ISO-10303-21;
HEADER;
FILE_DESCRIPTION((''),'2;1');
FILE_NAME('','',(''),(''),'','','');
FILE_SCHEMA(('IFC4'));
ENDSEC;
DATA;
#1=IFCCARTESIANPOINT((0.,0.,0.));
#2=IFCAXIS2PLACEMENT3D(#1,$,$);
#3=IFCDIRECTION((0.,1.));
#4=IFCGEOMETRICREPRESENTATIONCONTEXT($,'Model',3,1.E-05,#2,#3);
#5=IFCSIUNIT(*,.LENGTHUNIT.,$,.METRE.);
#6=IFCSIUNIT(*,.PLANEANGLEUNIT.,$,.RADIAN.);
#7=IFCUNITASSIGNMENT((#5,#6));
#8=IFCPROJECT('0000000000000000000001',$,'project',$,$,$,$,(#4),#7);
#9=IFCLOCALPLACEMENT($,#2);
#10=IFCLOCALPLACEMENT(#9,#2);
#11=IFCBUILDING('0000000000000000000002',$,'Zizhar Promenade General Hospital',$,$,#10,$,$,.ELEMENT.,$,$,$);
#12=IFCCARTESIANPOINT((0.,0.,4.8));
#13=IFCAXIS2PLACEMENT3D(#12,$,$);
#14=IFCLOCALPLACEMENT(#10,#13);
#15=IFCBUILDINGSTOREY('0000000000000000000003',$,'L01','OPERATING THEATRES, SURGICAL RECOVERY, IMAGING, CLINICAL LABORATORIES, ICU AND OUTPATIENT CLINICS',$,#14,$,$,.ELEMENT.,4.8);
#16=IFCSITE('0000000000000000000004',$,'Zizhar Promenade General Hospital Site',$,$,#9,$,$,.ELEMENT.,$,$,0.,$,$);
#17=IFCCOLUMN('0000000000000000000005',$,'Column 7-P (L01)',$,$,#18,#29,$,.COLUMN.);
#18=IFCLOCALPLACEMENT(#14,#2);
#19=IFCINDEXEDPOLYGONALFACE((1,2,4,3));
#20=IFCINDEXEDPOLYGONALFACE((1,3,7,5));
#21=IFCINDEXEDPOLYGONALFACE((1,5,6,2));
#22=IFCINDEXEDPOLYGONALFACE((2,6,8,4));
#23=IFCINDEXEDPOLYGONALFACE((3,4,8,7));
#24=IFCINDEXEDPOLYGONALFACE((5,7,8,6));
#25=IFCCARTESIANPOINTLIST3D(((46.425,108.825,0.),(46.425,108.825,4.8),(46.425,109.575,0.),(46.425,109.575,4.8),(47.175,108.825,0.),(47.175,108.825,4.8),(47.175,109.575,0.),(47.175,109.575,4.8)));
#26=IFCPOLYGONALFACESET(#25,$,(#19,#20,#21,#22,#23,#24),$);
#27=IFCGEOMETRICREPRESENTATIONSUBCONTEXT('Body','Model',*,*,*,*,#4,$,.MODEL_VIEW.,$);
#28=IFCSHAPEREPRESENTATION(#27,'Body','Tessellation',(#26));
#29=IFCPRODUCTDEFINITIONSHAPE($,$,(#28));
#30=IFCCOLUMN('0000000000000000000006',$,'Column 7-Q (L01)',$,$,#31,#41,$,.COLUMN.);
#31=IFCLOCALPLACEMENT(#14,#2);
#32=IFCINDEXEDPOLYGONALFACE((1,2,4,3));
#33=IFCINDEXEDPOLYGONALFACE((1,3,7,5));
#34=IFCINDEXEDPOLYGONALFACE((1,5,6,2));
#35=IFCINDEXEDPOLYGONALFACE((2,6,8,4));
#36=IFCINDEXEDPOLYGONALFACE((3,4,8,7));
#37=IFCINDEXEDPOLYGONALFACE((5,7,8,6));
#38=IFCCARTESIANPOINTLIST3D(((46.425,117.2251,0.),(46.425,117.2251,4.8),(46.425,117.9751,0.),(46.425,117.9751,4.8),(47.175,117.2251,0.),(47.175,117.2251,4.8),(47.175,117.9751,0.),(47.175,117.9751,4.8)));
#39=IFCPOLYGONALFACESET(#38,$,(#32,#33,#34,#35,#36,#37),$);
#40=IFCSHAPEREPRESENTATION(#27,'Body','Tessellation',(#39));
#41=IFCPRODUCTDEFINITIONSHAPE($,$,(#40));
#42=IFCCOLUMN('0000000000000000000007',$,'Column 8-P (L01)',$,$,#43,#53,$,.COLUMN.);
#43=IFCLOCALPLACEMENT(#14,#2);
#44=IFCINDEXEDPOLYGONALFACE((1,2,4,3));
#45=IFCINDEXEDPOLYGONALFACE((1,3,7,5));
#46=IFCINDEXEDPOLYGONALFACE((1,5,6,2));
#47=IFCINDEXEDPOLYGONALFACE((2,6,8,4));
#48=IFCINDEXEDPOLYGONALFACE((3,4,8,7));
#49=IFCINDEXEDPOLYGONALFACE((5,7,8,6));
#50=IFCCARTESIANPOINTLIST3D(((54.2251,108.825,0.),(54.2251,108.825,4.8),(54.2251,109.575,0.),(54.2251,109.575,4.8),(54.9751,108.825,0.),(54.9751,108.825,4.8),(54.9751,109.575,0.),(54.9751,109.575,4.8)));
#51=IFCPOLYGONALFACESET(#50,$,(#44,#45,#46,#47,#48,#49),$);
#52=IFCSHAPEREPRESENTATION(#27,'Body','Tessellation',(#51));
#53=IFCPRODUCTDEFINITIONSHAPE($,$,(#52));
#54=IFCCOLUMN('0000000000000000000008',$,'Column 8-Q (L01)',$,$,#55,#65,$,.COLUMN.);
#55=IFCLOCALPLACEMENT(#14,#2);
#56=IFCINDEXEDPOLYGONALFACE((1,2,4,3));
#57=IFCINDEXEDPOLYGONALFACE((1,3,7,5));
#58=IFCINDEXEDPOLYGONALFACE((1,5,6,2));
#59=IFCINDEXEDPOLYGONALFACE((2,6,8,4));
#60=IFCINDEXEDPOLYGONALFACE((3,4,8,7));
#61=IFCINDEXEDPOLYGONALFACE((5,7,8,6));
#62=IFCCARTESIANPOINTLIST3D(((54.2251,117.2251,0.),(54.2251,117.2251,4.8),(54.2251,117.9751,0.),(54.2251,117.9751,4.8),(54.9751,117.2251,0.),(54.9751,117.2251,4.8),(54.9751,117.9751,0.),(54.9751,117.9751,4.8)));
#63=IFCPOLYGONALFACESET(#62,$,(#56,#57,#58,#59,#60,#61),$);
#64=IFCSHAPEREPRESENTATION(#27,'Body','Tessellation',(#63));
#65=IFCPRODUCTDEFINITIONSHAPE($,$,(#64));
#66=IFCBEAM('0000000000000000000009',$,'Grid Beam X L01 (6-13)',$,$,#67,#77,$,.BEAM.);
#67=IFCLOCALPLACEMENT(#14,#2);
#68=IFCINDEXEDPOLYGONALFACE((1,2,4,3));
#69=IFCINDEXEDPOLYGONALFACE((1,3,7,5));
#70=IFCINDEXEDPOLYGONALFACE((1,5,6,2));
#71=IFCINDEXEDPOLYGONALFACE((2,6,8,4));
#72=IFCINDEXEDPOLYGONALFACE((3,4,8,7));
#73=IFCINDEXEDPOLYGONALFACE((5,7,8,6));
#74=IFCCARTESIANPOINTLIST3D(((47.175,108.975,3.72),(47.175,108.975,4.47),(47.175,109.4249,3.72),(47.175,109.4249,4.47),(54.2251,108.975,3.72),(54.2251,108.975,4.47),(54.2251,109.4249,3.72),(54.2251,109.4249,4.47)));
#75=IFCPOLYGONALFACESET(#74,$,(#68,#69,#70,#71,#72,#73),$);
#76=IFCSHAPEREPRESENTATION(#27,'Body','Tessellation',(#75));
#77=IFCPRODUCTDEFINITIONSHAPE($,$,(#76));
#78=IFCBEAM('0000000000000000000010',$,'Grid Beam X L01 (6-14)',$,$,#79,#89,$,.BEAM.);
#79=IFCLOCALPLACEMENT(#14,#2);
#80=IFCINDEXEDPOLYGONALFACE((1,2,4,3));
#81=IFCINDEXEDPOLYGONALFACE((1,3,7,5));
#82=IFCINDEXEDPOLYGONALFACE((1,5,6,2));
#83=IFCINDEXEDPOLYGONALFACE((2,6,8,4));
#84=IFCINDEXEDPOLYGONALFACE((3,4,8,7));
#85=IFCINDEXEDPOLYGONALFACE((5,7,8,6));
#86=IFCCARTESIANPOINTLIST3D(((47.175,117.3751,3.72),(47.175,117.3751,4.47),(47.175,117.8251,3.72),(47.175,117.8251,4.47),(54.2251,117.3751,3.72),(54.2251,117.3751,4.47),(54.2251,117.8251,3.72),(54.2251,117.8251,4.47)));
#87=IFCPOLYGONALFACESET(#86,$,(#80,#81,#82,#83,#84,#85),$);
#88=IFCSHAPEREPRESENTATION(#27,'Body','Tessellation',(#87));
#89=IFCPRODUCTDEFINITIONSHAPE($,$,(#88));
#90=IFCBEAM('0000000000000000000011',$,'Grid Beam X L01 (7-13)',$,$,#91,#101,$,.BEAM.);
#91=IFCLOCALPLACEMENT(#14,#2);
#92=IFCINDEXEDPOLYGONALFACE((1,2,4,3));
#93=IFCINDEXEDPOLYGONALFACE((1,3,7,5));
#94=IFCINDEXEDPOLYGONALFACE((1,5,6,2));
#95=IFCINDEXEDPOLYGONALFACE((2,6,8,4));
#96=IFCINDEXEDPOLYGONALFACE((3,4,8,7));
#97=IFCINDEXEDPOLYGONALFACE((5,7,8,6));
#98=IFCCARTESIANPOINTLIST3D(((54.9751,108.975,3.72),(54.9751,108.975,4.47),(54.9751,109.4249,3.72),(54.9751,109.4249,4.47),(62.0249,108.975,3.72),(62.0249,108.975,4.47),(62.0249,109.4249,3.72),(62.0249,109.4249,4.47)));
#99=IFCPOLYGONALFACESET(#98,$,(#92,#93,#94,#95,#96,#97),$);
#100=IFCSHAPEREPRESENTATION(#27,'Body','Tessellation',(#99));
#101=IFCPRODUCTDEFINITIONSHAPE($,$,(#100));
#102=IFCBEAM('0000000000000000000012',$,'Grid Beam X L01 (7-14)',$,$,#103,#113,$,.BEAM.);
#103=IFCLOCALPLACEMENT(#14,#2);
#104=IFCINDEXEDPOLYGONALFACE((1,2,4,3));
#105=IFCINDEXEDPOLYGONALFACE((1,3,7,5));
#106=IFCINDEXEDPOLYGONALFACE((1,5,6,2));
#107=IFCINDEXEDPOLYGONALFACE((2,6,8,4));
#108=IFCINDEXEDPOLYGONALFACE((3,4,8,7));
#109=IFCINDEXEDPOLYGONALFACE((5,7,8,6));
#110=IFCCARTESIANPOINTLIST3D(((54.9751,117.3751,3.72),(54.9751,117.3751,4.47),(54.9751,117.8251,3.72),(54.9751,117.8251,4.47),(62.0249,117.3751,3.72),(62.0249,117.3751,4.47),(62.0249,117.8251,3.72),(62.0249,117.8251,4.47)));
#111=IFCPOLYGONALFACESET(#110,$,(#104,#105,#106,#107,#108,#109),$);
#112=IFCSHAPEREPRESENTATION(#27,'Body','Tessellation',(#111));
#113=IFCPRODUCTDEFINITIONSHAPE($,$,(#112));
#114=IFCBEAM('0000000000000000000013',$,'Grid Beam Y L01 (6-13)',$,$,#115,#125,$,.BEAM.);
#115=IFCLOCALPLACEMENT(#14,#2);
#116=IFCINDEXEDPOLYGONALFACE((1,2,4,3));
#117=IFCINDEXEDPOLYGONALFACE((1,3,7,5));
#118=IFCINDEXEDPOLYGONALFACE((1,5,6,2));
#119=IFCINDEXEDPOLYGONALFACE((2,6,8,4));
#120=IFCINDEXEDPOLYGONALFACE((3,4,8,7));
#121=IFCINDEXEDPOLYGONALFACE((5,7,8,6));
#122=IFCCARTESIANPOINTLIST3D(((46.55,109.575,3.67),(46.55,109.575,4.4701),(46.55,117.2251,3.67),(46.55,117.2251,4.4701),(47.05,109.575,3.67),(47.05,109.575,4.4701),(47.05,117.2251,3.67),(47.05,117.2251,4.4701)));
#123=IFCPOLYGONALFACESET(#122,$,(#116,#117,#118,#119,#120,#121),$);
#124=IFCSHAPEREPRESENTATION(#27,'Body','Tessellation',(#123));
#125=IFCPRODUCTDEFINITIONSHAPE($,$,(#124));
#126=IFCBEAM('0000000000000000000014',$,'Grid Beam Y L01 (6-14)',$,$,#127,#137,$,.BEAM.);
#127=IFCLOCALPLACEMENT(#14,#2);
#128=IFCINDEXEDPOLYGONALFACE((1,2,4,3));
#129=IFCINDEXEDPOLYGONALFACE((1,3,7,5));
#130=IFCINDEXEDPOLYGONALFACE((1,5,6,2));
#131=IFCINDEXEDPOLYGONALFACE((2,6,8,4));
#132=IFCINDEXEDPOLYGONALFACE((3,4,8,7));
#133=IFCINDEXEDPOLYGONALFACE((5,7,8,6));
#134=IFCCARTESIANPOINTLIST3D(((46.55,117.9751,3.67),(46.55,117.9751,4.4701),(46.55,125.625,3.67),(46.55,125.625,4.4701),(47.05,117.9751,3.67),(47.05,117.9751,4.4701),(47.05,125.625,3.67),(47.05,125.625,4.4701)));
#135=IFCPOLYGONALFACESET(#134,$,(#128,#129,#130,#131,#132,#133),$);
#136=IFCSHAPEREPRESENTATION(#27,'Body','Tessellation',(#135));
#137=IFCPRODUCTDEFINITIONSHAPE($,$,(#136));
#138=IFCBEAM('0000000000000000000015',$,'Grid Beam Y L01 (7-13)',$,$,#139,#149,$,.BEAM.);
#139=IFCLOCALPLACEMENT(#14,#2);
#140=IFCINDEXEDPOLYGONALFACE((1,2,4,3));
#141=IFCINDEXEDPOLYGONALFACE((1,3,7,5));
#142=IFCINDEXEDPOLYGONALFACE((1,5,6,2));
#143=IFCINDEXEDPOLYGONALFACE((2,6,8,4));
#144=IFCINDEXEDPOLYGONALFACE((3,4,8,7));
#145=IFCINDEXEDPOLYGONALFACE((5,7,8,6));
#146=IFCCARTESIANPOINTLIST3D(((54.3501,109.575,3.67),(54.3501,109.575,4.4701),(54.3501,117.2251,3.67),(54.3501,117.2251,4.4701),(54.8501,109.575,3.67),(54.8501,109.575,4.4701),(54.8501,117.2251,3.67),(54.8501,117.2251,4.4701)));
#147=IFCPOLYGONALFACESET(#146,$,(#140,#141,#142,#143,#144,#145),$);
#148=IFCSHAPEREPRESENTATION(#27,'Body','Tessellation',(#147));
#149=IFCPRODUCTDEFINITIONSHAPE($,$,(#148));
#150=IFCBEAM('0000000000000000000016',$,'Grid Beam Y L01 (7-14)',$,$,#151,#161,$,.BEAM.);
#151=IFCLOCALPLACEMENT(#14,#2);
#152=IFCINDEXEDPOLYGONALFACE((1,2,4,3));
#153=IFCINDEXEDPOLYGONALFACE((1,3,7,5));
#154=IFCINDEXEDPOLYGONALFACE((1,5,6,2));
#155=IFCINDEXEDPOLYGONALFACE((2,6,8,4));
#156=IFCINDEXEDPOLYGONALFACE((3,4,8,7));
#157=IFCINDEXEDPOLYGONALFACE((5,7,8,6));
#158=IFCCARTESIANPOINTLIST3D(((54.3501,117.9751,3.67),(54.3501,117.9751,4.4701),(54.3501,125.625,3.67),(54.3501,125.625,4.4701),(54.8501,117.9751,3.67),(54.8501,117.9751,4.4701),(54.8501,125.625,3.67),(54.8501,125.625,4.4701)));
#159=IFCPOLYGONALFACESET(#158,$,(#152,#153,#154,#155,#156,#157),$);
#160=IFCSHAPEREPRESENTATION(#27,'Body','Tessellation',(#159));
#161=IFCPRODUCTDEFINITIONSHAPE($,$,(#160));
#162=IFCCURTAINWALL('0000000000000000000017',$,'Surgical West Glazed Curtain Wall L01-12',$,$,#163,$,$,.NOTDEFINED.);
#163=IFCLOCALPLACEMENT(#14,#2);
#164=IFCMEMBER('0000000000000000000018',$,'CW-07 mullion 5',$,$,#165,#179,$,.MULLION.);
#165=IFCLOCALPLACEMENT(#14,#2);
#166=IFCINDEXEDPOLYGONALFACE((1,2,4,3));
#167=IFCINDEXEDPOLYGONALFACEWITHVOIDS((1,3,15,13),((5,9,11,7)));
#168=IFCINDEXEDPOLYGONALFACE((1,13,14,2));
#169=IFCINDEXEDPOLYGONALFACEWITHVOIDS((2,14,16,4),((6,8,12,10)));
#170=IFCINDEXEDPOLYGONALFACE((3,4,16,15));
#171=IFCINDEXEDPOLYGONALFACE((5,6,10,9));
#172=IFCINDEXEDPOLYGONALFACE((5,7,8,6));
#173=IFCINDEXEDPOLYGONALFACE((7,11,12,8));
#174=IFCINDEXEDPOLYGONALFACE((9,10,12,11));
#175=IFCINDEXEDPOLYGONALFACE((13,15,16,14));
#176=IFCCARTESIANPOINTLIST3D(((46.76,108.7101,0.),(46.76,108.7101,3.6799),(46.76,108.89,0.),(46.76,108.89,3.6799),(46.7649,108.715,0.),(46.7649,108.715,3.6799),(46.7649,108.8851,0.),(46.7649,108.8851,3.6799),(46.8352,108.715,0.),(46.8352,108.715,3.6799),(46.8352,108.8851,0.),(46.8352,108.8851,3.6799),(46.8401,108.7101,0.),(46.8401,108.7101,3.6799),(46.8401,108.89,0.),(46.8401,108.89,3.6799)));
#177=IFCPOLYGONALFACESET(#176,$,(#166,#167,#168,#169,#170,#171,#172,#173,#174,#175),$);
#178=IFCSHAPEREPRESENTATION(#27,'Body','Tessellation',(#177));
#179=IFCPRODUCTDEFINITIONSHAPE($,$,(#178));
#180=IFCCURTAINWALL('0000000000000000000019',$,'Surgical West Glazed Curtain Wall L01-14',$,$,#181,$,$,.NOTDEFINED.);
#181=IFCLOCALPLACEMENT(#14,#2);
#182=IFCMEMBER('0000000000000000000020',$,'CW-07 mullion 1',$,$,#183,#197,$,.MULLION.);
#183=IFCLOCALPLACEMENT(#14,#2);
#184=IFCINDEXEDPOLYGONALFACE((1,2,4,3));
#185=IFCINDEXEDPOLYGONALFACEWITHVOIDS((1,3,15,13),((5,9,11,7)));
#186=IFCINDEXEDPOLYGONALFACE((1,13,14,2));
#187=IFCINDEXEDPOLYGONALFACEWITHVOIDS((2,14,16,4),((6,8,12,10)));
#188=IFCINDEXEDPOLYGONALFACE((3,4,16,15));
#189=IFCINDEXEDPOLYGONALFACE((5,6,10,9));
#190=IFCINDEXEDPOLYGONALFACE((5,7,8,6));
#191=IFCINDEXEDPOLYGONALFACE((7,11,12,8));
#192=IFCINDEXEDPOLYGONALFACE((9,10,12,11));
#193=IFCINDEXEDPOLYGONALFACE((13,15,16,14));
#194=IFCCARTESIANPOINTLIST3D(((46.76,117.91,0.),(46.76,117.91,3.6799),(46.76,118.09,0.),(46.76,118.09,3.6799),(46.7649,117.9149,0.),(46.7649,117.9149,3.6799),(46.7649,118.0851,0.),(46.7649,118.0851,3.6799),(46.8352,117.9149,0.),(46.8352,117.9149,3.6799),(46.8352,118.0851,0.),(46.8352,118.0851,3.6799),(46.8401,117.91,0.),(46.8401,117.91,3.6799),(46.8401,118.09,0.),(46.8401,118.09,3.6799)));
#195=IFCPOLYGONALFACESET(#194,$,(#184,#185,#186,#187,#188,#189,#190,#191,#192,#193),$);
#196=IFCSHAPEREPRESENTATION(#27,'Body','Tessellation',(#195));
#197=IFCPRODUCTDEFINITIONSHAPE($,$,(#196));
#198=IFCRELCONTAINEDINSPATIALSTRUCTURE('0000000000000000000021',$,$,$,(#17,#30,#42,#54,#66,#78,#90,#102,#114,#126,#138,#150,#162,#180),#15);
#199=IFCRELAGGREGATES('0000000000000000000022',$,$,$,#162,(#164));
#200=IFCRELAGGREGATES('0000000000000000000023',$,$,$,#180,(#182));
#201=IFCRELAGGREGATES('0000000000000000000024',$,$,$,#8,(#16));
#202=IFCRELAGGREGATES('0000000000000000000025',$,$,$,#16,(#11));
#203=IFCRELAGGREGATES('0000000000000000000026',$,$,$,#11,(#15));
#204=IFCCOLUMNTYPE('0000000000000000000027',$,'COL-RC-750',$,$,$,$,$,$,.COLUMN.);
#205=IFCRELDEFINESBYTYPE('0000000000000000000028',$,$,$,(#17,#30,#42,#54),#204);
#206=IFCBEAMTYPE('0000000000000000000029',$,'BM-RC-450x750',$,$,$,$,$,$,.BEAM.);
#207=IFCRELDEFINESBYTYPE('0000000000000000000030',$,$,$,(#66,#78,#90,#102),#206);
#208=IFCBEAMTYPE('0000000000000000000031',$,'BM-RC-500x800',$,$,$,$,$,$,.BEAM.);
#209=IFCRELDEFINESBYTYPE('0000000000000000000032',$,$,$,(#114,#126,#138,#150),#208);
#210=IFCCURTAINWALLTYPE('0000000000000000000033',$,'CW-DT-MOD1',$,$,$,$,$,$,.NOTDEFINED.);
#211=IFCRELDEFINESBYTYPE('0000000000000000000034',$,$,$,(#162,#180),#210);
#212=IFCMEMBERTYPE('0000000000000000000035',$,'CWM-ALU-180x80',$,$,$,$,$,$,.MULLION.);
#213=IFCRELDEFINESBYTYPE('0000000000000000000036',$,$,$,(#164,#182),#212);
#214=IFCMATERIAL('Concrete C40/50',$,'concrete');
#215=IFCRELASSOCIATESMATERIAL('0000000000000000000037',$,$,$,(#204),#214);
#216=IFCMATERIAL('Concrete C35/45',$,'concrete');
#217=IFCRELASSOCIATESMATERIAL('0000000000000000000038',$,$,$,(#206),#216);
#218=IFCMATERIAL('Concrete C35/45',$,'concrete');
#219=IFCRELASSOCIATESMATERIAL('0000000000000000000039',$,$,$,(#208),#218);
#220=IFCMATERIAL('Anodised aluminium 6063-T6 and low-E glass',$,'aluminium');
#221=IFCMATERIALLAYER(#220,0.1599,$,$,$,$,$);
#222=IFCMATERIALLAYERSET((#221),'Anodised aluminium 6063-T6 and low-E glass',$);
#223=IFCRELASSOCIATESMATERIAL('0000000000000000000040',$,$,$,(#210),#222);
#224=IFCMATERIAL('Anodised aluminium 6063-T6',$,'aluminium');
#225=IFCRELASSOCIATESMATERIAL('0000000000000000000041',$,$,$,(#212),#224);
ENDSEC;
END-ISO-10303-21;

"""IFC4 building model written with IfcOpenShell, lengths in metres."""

from ifc_helpers import new_model, si_unit, direction, frame, origin, origin_2d, place, context, subcontext, project, spatial, rectangle, hollow_rectangle, extrude, material, layer, layer_set, material_profile, profile_set, type_object, element, aggregate, save


model = new_model("IFC4")

# Units and contexts
model_context = context("Model", 3, precision=1e-05, world=origin(), true_north=direction((0.0, 1.0)))
body_context = subcontext(model_context, "Body", "Model", "MODEL_VIEW")
ifc_project = project(units=[si_unit("LENGTHUNIT", "METRE"), si_unit("PLANEANGLEUNIT", "RADIAN")], contexts=[model_context])

# Site, building, storey
site_placement = place(None, origin())
site = spatial("IfcSite", under=ifc_project, at=site_placement, Name="Zizhar Promenade General Hospital Site", CompositionType="ELEMENT", RefElevation=0.0)
building_placement = place(site_placement, origin())
building = spatial("IfcBuilding", under=site, at=building_placement, Name="Zizhar Promenade General Hospital", CompositionType="ELEMENT")
storey_placement = place(building_placement, frame((0.0, 0.0, 4.8)))
storey = spatial("IfcBuildingStorey", under=building, at=storey_placement, Name="L01", Description="OPERATING THEATRES, SURGICAL RECOVERY, IMAGING, CLINICAL LABORATORIES, ICU AND OUTPATIENT CLINICS", CompositionType="ELEMENT", Elevation=4.8)

# Columns
ifc_material_1 = material(Name="Concrete C40/50", Category="concrete")
ifc_material_profile_1 = material_profile(ifc_material_1, rectangle(XDim=0.75, YDim=0.75, at=origin_2d()))
ifc_profile_set_1 = profile_set([ifc_material_profile_1], Name="Concrete C40/50")
column_type = type_object("IfcColumnType", Name="COL-RC-750", PredefinedType="COLUMN", material=ifc_profile_set_1)
for number, where, z_axis, x_axis, name in (
    (1, (46.8, 109.2, 0.0), (0.0, 0.0, 1.0), (1.0, 0.0, 0.0), "Column 7-P (L01)"),
    (2, (46.8, 117.6001, 0.0), (0.0, 0.0, 1.0), (1.0, 0.0, 0.0), "Column 7-Q (L01)"),
    (3, (54.6001, 109.2, 0.0), (0.0, 0.0, 1.0), (1.0, 0.0, 0.0), "Column 8-P (L01)"),
    (4, (54.6001, 117.6001, 0.0), (0.0, 0.0, 1.0), (1.0, 0.0, 0.0), "Column 8-Q (L01)"),
):
    element("IfcColumn", number, at=place(storey_placement, frame(where, z_axis=z_axis, x_axis=x_axis)), inside=storey, type_object=column_type, Name=name, PredefinedType="COLUMN", context=body_context, shape_type="SweptSolid", body=[
        extrude(rectangle(XDim=0.75, YDim=0.75, at=origin_2d()), origin(), (0.0, 0.0, 1.0), 4.8),
    ])

# Beams
ifc_material_2 = material(Name="Concrete C35/45", Category="concrete")
ifc_material_profile_2 = material_profile(ifc_material_2, rectangle(XDim=0.45, YDim=0.75, at=origin_2d()))
ifc_profile_set_2 = profile_set([ifc_material_profile_2], Name="Concrete C35/45")
beam_type_1 = type_object("IfcBeamType", Name="BM-RC-450x750", PredefinedType="BEAM", material=ifc_profile_set_2)
for number, where, z_axis, x_axis, name in (
    (5, (47.175, 109.2, 4.095), (1.0, 0.0, 0.0), (0.0, 1.0, 0.0), "Grid Beam X L01 (6-13)"),
    (6, (47.175, 117.6001, 4.095), (1.0, 0.0, 0.0), (0.0, 1.0, 0.0), "Grid Beam X L01 (6-14)"),
):
    element("IfcBeam", number, at=place(storey_placement, frame(where, z_axis=z_axis, x_axis=x_axis)), inside=storey, type_object=beam_type_1, Name=name, PredefinedType="BEAM", context=body_context, shape_type="SweptSolid", body=[
        extrude(rectangle(XDim=0.45, YDim=0.75, at=origin_2d()), origin(), (0.0, 0.0, 1.0), 7.05),
    ])
for number, where, z_axis, x_axis, name in (
    (7, (54.9751, 109.2, 4.095), (1.0, 0.0, 0.0), (0.0, 1.0, 0.0), "Grid Beam X L01 (7-13)"),
    (8, (54.9751, 117.6001, 4.095), (1.0, 0.0, 0.0), (0.0, 1.0, 0.0), "Grid Beam X L01 (7-14)"),
):
    element("IfcBeam", number, at=place(storey_placement, frame(where, z_axis=z_axis, x_axis=x_axis)), inside=storey, type_object=beam_type_1, Name=name, PredefinedType="BEAM", context=body_context, shape_type="SweptSolid", body=[
        extrude(rectangle(XDim=0.45, YDim=0.75, at=origin_2d()), origin(), (0.0, 0.0, 1.0), 7.0498),
    ])
ifc_material_3 = material(Name="Concrete C35/45", Category="concrete")
ifc_material_profile_3 = material_profile(ifc_material_3, rectangle(XDim=0.5, YDim=0.8, at=origin_2d()))
ifc_profile_set_3 = profile_set([ifc_material_profile_3], Name="Concrete C35/45")
beam_type_2 = type_object("IfcBeamType", Name="BM-RC-500x800", PredefinedType="BEAM", material=ifc_profile_set_3)
beam_1_placement = place(storey_placement, frame((46.8, 109.575, 4.0701), z_axis=(0.0, 1.0, 0.0), x_axis=(-1.0, 0.0, 0.0)))
element("IfcBeam", 9, at=beam_1_placement, inside=storey, type_object=beam_type_2, Name="Grid Beam Y L01 (6-13)", PredefinedType="BEAM", context=body_context, shape_type="SweptSolid", body=[
    extrude(rectangle(XDim=0.5, YDim=0.8, at=origin_2d()), origin(), (0.0, 0.0, 1.0), 7.6501),
])
beam_2_placement = place(storey_placement, frame((46.8, 117.9751, 4.0701), z_axis=(0.0, 1.0, 0.0), x_axis=(-1.0, 0.0, 0.0)))
element("IfcBeam", 10, at=beam_2_placement, inside=storey, type_object=beam_type_2, Name="Grid Beam Y L01 (6-14)", PredefinedType="BEAM", context=body_context, shape_type="SweptSolid", body=[
    extrude(rectangle(XDim=0.5, YDim=0.8, at=origin_2d()), origin(), (0.0, 0.0, 1.0), 7.6499),
])
beam_3_placement = place(storey_placement, frame((54.6001, 109.575, 4.0701), z_axis=(0.0, 1.0, 0.0), x_axis=(-1.0, 0.0, 0.0)))
element("IfcBeam", 11, at=beam_3_placement, inside=storey, type_object=beam_type_2, Name="Grid Beam Y L01 (7-13)", PredefinedType="BEAM", context=body_context, shape_type="SweptSolid", body=[
    extrude(rectangle(XDim=0.5, YDim=0.8, at=origin_2d()), origin(), (0.0, 0.0, 1.0), 7.6501),
])
beam_4_placement = place(storey_placement, frame((54.6001, 117.9751, 4.0701), z_axis=(0.0, 1.0, 0.0), x_axis=(-1.0, 0.0, 0.0)))
element("IfcBeam", 12, at=beam_4_placement, inside=storey, type_object=beam_type_2, Name="Grid Beam Y L01 (7-14)", PredefinedType="BEAM", context=body_context, shape_type="SweptSolid", body=[
    extrude(rectangle(XDim=0.5, YDim=0.8, at=origin_2d()), origin(), (0.0, 0.0, 1.0), 7.6499),
])

# Curtain wall, member
ifc_material_4 = material(Name="Anodised aluminium 6063-T6 and low-E glass", Category="aluminium")
ifc_layer_1 = layer(ifc_material_4, 0.1599)
ifc_layer_set_1 = layer_set([ifc_layer_1], Name="Anodised aluminium 6063-T6 and low-E glass")
curtain_wall_type = type_object("IfcCurtainWallType", Name="CW-DT-MOD1", PredefinedType="NOTDEFINED", material=ifc_layer_set_1)
curtain_wall_1_placement = place(storey_placement, origin())
curtain_wall_1 = element("IfcCurtainWall", 13, at=curtain_wall_1_placement, inside=storey, type_object=curtain_wall_type, Name="Surgical West Glazed Curtain Wall L01-12", PredefinedType="NOTDEFINED")
ifc_material_5 = material(Name="Anodised aluminium 6063-T6", Category="aluminium")
ifc_material_profile_4 = material_profile(ifc_material_5, hollow_rectangle(XDim=0.0801, YDim=0.1799, WallThickness=0.0049, at=origin_2d()))
ifc_profile_set_4 = profile_set([ifc_material_profile_4], Name="Anodised aluminium 6063-T6")
member_type_1 = type_object("IfcMemberType", Name="CWM-ALU-180x80", PredefinedType="MULLION", material=ifc_profile_set_4)
member_1_placement = place(storey_placement, frame((46.8, 108.8, 0.0), z_axis=(0.0, 0.0, 1.0), x_axis=(-1.0, 0.0, 0.0)))
member_1 = element("IfcMember", 14, at=member_1_placement, type_object=member_type_1, Name="CW-07 mullion 5", PredefinedType="MULLION", context=body_context, shape_type="SweptSolid", body=[
    extrude(hollow_rectangle(XDim=0.0801, YDim=0.1799, WallThickness=0.0049, at=origin_2d()), origin(), (0.0, 0.0, 1.0), 3.6799),
])

# Curtain wall, member
curtain_wall_2_placement = place(storey_placement, origin())
curtain_wall_2 = element("IfcCurtainWall", 15, at=curtain_wall_2_placement, inside=storey, type_object=curtain_wall_type, Name="Surgical West Glazed Curtain Wall L01-14", PredefinedType="NOTDEFINED")
member_2_placement = place(storey_placement, frame((46.8, 118.0, 0.0), z_axis=(0.0, 0.0, 1.0), x_axis=(-1.0, 0.0, 0.0)))
member_2 = element("IfcMember", 16, at=member_2_placement, type_object=member_type_1, Name="CW-07 mullion 1", PredefinedType="MULLION", context=body_context, shape_type="SweptSolid", body=[
    extrude(hollow_rectangle(XDim=0.0801, YDim=0.1799, WallThickness=0.0049, at=origin_2d()), origin(), (0.0, 0.0, 1.0), 3.6799),
])

aggregate(curtain_wall_1, [member_1])
aggregate(curtain_wall_2, [member_2])

save(model, "model.ifc")
